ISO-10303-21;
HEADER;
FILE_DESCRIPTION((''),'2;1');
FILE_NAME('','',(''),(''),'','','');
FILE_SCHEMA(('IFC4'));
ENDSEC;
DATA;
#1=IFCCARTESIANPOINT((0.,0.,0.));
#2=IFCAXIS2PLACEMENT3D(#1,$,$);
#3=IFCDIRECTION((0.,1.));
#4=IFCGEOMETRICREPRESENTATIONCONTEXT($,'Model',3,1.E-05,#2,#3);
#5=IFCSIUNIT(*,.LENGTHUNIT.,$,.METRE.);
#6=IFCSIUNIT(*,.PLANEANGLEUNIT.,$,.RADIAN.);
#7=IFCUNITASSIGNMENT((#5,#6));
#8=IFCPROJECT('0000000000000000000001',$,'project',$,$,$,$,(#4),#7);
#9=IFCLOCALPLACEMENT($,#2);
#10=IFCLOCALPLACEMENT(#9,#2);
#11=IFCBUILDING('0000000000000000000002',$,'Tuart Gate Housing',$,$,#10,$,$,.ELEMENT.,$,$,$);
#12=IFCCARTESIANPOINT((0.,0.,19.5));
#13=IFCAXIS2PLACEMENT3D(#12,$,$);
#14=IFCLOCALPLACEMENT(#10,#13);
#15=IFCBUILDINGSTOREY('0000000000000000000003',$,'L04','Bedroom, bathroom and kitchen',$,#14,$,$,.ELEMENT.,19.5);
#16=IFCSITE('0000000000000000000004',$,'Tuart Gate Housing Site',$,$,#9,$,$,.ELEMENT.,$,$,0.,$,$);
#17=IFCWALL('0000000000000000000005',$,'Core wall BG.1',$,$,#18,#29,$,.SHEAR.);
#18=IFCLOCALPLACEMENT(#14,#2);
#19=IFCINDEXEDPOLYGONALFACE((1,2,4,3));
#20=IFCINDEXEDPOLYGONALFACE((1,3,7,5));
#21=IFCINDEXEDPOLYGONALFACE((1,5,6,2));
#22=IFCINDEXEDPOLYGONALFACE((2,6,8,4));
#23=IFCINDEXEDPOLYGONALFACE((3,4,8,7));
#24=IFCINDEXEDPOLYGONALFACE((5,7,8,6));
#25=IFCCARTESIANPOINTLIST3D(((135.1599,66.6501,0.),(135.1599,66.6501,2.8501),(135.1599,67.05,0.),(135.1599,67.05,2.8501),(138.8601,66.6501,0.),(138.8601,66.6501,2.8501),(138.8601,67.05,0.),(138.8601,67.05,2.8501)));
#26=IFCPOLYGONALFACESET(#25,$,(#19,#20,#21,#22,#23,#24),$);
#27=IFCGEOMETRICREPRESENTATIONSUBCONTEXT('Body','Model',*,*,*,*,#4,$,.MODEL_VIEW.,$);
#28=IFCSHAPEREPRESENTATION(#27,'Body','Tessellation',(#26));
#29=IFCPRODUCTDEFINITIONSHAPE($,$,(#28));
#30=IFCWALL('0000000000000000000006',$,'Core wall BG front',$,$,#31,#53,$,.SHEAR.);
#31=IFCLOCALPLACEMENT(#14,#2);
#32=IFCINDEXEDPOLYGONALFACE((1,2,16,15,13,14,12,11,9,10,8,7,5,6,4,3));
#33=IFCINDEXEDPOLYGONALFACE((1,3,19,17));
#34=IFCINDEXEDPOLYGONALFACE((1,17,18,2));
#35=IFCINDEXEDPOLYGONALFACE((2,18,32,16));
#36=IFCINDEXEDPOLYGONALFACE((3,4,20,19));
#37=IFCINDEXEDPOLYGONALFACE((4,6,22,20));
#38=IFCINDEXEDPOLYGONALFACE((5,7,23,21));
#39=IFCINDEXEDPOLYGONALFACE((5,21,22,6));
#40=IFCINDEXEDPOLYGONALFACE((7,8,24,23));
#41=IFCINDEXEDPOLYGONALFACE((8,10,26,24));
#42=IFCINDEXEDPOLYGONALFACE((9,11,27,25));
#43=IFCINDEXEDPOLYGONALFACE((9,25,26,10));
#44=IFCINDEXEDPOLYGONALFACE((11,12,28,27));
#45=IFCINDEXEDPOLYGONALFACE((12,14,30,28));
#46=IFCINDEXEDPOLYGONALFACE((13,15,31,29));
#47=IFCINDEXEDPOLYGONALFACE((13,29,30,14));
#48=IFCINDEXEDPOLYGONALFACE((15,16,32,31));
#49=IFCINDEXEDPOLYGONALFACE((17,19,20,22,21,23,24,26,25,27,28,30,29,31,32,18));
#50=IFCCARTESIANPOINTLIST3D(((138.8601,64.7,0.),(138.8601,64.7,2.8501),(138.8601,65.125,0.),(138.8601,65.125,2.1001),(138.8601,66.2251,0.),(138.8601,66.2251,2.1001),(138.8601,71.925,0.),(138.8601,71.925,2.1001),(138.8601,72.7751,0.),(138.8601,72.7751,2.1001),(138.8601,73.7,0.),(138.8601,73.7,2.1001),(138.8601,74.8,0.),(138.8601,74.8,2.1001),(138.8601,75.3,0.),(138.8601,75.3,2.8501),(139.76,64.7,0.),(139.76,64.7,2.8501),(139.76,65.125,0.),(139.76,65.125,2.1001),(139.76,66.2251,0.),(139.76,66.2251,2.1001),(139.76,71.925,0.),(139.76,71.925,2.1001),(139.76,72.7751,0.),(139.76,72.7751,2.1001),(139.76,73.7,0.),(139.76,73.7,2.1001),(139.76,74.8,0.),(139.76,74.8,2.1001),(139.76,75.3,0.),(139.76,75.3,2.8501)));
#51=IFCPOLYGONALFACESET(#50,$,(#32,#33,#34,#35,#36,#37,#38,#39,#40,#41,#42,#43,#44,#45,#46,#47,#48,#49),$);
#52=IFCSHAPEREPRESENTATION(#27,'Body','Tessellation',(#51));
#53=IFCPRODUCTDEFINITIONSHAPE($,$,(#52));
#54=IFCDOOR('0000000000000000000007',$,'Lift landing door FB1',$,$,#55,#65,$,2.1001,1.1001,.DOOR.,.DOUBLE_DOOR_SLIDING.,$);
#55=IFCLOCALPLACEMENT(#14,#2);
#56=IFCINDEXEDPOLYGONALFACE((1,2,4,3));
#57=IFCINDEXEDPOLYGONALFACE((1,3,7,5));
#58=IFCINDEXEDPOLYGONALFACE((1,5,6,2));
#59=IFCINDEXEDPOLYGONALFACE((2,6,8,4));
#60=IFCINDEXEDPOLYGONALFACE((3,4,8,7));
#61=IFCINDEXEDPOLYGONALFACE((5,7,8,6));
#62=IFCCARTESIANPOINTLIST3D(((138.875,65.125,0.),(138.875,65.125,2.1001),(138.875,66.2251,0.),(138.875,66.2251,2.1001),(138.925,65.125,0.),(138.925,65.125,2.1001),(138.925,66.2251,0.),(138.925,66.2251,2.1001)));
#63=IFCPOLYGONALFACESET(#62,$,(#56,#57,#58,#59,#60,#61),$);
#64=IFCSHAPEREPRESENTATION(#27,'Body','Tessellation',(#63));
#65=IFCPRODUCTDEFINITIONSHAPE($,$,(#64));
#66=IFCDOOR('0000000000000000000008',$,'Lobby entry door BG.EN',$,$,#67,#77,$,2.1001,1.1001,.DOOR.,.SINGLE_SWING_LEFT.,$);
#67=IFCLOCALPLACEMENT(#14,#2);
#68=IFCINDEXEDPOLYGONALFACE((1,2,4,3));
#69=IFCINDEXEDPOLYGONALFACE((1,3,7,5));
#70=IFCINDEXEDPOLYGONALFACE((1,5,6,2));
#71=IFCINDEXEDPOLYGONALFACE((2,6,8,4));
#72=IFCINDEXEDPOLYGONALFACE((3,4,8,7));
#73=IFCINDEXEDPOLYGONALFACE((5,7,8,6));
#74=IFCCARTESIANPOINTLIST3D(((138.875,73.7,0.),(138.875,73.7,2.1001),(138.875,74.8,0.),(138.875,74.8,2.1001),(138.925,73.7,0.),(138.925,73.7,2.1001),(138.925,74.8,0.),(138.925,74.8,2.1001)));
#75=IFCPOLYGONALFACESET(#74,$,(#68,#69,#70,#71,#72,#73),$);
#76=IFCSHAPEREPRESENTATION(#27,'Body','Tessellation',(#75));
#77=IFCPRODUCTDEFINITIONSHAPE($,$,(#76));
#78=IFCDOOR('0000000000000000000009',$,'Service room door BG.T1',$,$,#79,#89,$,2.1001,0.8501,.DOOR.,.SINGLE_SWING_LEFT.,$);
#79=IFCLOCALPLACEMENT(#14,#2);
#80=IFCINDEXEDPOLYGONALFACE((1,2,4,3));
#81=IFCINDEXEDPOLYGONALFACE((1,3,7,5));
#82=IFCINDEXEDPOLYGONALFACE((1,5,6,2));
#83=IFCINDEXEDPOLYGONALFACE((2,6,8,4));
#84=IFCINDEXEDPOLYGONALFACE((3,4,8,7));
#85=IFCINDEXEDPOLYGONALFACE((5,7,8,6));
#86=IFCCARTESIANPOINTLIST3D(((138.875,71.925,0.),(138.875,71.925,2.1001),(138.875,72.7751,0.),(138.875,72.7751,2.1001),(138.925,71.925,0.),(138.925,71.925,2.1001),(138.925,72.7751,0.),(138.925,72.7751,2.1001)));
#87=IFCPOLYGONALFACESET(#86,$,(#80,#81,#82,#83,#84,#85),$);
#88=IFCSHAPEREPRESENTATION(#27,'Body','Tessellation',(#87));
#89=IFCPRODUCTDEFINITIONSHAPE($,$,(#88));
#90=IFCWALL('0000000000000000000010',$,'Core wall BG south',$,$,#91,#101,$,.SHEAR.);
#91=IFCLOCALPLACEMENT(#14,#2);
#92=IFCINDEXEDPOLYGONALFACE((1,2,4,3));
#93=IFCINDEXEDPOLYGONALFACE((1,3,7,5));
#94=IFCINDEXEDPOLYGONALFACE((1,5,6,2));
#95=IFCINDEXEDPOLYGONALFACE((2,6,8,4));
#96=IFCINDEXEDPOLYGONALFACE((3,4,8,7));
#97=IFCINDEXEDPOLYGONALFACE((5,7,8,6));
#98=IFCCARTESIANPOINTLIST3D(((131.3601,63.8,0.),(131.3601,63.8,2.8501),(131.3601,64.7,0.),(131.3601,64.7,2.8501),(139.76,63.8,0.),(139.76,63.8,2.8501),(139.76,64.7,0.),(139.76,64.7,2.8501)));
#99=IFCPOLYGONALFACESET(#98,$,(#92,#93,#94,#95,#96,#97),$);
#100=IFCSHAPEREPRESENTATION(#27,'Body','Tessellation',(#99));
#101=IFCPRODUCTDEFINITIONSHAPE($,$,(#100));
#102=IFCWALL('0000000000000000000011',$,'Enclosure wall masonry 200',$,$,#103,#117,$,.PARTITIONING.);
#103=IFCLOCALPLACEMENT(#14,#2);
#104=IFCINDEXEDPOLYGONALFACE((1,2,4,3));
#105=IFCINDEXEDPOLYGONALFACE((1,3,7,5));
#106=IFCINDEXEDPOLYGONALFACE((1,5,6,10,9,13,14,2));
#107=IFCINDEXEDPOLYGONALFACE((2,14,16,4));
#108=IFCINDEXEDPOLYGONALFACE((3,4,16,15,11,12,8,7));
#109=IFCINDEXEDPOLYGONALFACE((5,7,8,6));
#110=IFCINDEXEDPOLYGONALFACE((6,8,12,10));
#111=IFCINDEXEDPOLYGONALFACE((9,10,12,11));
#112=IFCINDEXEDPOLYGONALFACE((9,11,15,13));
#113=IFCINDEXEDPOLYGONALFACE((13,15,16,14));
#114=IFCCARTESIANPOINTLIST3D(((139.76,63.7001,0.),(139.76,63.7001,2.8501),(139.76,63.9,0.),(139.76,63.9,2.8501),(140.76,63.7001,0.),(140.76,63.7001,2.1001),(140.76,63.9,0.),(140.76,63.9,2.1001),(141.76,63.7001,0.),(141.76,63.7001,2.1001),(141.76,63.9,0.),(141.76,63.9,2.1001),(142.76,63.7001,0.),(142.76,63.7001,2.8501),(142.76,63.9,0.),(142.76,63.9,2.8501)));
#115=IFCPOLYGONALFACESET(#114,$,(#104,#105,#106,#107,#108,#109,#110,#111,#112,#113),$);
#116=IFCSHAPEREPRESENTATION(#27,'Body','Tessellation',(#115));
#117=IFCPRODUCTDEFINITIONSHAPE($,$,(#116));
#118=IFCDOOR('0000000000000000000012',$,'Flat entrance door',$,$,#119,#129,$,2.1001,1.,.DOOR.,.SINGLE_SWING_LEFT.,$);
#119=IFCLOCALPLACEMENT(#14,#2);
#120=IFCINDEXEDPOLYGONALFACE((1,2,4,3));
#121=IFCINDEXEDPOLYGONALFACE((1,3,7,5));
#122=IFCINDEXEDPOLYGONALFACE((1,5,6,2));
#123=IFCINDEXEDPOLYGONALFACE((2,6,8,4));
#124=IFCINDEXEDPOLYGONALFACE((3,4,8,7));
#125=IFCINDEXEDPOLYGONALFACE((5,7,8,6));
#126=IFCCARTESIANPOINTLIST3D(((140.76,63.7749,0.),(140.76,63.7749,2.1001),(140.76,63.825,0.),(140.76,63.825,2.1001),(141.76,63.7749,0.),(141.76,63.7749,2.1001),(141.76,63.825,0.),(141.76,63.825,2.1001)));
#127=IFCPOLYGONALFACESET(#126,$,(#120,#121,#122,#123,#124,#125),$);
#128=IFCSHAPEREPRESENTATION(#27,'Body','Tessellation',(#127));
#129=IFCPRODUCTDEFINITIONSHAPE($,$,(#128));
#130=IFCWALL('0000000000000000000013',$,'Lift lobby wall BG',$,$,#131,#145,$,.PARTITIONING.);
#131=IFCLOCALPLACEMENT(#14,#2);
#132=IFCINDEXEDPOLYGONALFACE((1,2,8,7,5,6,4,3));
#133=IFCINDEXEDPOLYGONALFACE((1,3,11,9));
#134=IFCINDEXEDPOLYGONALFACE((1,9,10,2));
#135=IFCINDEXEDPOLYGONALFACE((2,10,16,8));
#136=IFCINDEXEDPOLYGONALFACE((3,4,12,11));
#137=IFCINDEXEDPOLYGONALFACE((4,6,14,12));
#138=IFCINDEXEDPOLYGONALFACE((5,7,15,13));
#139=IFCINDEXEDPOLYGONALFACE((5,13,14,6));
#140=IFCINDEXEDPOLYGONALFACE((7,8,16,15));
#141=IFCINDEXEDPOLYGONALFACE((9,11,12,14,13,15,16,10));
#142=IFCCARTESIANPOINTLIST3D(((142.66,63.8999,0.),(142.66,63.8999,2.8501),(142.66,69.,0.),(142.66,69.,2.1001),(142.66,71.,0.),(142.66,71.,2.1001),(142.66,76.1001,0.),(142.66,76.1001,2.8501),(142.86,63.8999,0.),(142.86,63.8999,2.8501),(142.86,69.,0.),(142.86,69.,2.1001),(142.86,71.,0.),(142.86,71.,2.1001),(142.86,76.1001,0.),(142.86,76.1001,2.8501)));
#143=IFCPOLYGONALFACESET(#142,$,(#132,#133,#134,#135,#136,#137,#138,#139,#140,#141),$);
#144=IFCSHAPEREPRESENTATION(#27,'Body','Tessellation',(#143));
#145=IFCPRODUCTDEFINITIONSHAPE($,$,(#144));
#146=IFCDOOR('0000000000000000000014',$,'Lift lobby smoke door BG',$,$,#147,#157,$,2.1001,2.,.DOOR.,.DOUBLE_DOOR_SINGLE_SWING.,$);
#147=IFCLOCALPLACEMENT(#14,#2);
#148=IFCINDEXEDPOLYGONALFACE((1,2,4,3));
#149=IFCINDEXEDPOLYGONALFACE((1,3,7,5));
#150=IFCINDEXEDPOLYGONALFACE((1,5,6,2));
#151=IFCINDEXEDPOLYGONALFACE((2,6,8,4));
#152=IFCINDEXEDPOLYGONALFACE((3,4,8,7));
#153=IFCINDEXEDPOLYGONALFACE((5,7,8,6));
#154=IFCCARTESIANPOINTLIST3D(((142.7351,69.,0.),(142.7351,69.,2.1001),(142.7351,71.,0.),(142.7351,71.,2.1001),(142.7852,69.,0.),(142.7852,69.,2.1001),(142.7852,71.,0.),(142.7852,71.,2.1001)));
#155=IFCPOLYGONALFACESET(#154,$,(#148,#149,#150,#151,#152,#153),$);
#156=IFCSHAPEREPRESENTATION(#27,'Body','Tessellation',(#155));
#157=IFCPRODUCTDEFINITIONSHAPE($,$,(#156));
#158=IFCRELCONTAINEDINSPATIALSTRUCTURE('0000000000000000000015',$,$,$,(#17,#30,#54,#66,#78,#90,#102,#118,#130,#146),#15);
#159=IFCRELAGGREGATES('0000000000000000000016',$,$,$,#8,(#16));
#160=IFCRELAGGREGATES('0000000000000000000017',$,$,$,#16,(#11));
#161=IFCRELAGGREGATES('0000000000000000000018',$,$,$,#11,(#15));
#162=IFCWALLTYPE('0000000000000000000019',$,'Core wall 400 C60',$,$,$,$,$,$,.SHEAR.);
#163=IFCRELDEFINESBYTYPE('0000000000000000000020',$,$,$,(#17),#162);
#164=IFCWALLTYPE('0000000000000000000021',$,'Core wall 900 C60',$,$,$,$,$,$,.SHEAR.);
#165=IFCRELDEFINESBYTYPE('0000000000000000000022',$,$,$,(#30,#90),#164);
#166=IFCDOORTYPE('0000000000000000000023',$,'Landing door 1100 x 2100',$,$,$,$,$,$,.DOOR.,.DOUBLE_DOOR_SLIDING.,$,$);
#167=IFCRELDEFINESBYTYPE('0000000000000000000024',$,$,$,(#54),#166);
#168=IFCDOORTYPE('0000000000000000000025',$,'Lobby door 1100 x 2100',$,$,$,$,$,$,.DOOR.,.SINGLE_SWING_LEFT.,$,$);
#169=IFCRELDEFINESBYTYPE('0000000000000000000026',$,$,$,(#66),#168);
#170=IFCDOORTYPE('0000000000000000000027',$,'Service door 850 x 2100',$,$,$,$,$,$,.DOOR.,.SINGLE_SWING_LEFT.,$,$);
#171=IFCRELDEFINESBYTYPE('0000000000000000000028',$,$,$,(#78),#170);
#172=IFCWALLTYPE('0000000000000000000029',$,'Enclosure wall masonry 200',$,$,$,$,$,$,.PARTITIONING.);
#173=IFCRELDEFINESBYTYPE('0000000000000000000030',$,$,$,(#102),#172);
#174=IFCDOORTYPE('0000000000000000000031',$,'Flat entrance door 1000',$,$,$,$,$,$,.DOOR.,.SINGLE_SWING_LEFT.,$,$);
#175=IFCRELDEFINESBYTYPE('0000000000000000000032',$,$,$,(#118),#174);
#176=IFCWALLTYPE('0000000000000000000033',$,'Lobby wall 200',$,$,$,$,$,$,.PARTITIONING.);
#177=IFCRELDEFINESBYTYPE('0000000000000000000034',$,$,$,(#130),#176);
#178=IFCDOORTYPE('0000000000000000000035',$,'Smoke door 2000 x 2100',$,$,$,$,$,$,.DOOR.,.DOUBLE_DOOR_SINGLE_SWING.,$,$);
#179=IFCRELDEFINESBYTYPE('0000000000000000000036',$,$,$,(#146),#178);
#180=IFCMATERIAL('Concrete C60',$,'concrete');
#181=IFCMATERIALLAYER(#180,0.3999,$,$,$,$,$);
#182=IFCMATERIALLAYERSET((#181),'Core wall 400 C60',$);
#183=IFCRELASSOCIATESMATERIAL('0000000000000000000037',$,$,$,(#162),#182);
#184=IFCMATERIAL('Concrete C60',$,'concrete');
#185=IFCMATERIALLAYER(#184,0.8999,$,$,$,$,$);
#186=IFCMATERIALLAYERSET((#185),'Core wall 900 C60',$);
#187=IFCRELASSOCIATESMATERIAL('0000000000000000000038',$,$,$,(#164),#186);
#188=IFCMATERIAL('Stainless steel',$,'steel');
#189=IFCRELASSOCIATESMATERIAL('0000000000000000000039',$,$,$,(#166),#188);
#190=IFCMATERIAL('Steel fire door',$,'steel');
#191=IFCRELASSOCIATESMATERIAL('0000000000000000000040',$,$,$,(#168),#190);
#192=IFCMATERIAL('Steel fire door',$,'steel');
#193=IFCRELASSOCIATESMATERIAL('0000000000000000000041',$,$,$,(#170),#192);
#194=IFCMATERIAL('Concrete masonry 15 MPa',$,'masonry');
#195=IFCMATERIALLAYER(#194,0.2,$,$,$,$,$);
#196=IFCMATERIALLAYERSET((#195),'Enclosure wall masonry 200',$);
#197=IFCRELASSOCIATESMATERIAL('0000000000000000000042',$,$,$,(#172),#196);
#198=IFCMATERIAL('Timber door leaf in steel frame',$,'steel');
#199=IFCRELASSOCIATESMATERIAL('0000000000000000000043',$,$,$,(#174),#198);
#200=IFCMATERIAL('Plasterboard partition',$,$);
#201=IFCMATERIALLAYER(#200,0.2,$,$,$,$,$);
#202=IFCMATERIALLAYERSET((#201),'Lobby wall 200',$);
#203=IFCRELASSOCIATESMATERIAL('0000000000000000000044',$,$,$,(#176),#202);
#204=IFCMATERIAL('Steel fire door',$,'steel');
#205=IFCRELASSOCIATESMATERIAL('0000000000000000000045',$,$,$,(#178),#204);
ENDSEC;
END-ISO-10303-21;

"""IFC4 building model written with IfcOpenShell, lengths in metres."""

from ifc_helpers import new_model, si_unit, direction, frame, frame_2d, origin, place, context, subcontext, project, spatial, rectangle, extrude, material, layer, layer_set, type_object, element, fill, save


model = new_model("IFC4")

# Units and contexts
model_context = context("Model", 3, precision=1e-05, world=origin(), true_north=direction((0.0, 1.0)))
body_context = subcontext(model_context, "Body", "Model", "MODEL_VIEW")
ifc_project = project(units=[si_unit("LENGTHUNIT", "METRE"), si_unit("PLANEANGLEUNIT", "RADIAN")], contexts=[model_context])

# Site, building, storey
site_placement = place(None, origin())
site = spatial("IfcSite", under=ifc_project, at=site_placement, Name="Tuart Gate Housing Site", CompositionType="ELEMENT", RefElevation=0.0)
building_placement = place(site_placement, origin())
building = spatial("IfcBuilding", under=site, at=building_placement, Name="Tuart Gate Housing", CompositionType="ELEMENT")
storey_placement = place(building_placement, frame((0.0, 0.0, 19.5)))
storey = spatial("IfcBuildingStorey", under=building, at=storey_placement, Name="L04", Description="Bedroom, bathroom and kitchen", CompositionType="ELEMENT", Elevation=19.5)

# Wall
ifc_material_1 = material(Name="Concrete C60", Category="concrete")
ifc_layer_1 = layer(ifc_material_1, 0.3999)
ifc_layer_set_1 = layer_set([ifc_layer_1], Name="Core wall 400 C60")
wall_type_1 = type_object("IfcWallType", Name="Core wall 400 C60", PredefinedType="SHEAR", material=ifc_layer_set_1)
wall_1_placement = place(storey_placement, frame((138.8601, 66.8501, 0.0), z_axis=(0.0, 0.0, 1.0), x_axis=(-1.0, 0.0, 0.0)))
element("IfcWall", 1, at=wall_1_placement, inside=storey, type_object=wall_type_1, Name="Core wall BG.1", PredefinedType="SHEAR", context=body_context, shape_type="SweptSolid", body=[
    extrude(rectangle(XDim=3.7002, YDim=0.3999, at=frame_2d((1.8501, 0.0))), origin(), (0.0, 0.0, 1.0), 2.8501),
])

# Wall, openings, doors
ifc_material_2 = material(Name="Concrete C60", Category="concrete")
ifc_layer_2 = layer(ifc_material_2, 0.8999)
ifc_layer_set_2 = layer_set([ifc_layer_2], Name="Core wall 900 C60")
wall_type_2 = type_object("IfcWallType", Name="Core wall 900 C60", PredefinedType="SHEAR", material=ifc_layer_set_2)
wall_2_placement = place(storey_placement, frame((139.3101, 64.7, 0.0), z_axis=(0.0, 0.0, 1.0), x_axis=(0.0, 1.0, 0.0)))
wall_2 = element("IfcWall", 2, at=wall_2_placement, inside=storey, type_object=wall_type_2, Name="Core wall BG front", PredefinedType="SHEAR", context=body_context, shape_type="SweptSolid", body=[
    extrude(rectangle(XDim=10.6001, YDim=0.8999, at=frame_2d((5.3, 0.0))), origin(), (0.0, 0.0, 1.0), 2.8501),
])
opening_1_placement = place(wall_2_placement, frame((0.425, 0.0, 0.0)))
opening_1 = element("IfcOpeningElement", 3, at=opening_1_placement, cuts=wall_2, PredefinedType="OPENING", context=body_context, shape_type="SweptSolid", body=[
    extrude(rectangle(XDim=1.1001, YDim=2.1001, at=frame_2d((0.55, 1.05))), frame((0.0, 0.46, 0.0), z_axis=(0.0, -1.0, 0.0), x_axis=(1.0, 0.0, 0.0)), (0.0, 0.0, 1.0), 0.9199),
])
opening_2_placement = place(wall_2_placement, frame((9.0, 0.0, 0.0)))
opening_2 = element("IfcOpeningElement", 4, at=opening_2_placement, cuts=wall_2, PredefinedType="OPENING", context=body_context, shape_type="SweptSolid", body=[
    extrude(rectangle(XDim=1.1001, YDim=2.1001, at=frame_2d((0.55, 1.05))), frame((0.0, 0.46, 0.0), z_axis=(0.0, -1.0, 0.0), x_axis=(1.0, 0.0, 0.0)), (0.0, 0.0, 1.0), 0.9199),
])
opening_3_placement = place(wall_2_placement, frame((7.2251, 0.0, 0.0)))
opening_3 = element("IfcOpeningElement", 5, at=opening_3_placement, cuts=wall_2, PredefinedType="OPENING", context=body_context, shape_type="SweptSolid", body=[
    extrude(rectangle(XDim=0.8501, YDim=2.1001, at=frame_2d((0.425, 1.05))), frame((0.0, 0.46, 0.0), z_axis=(0.0, -1.0, 0.0), x_axis=(1.0, 0.0, 0.0)), (0.0, 0.0, 1.0), 0.9199),
])
ifc_material_3 = material(Name="Stainless steel", Category="steel")
door_type_1 = type_object("IfcDoorType", Name="Landing door 1100 x 2100", OperationType="DOUBLE_DOOR_SLIDING", PredefinedType="DOOR", material=ifc_material_3)
door_1_placement = place(opening_1_placement, origin())
door_1 = element("IfcDoor", 6, at=door_1_placement, inside=storey, type_object=door_type_1, Name="Lift landing door FB1", OperationType="DOUBLE_DOOR_SLIDING", OverallHeight=2.1001, OverallWidth=1.1001, PredefinedType="DOOR", context=body_context, shape_type="SweptSolid", body=[
    extrude(rectangle(XDim=1.1001, YDim=2.1001, at=frame_2d((0.55, 1.05))), frame((0.0, 0.4351, 0.0), z_axis=(0.0, -1.0, 0.0), x_axis=(1.0, 0.0, 0.0)), (0.0, 0.0, 1.0), 0.05),
])
fill(opening_1, door_1)
ifc_material_4 = material(Name="Steel fire door", Category="steel")
door_type_2 = type_object("IfcDoorType", Name="Lobby door 1100 x 2100", OperationType="SINGLE_SWING_LEFT", PredefinedType="DOOR", material=ifc_material_4)
door_2_placement = place(opening_2_placement, origin())
door_2 = element("IfcDoor", 7, at=door_2_placement, inside=storey, type_object=door_type_2, Name="Lobby entry door BG.EN", OperationType="SINGLE_SWING_LEFT", OverallHeight=2.1001, OverallWidth=1.1001, PredefinedType="DOOR", context=body_context, shape_type="SweptSolid", body=[
    extrude(rectangle(XDim=1.1001, YDim=2.1001, at=frame_2d((0.55, 1.05))), frame((0.0, 0.4351, 0.0), z_axis=(0.0, -1.0, 0.0), x_axis=(1.0, 0.0, 0.0)), (0.0, 0.0, 1.0), 0.05),
])
fill(opening_2, door_2)
ifc_material_5 = material(Name="Steel fire door", Category="steel")
door_type_3 = type_object("IfcDoorType", Name="Service door 850 x 2100", OperationType="SINGLE_SWING_LEFT", PredefinedType="DOOR", material=ifc_material_5)
door_3_placement = place(opening_3_placement, origin())
door_3 = element("IfcDoor", 8, at=door_3_placement, inside=storey, type_object=door_type_3, Name="Service room door BG.T1", OperationType="SINGLE_SWING_LEFT", OverallHeight=2.1001, OverallWidth=0.8501, PredefinedType="DOOR", context=body_context, shape_type="SweptSolid", body=[
    extrude(rectangle(XDim=0.8501, YDim=2.1001, at=frame_2d((0.425, 1.05))), frame((0.0, 0.4351, 0.0), z_axis=(0.0, -1.0, 0.0), x_axis=(1.0, 0.0, 0.0)), (0.0, 0.0, 1.0), 0.05),
])
fill(opening_3, door_3)

# Wall
wall_3_placement = place(storey_placement, frame((139.76, 64.25, 0.0), z_axis=(0.0, 0.0, 1.0), x_axis=(-1.0, 0.0, 0.0)))
element("IfcWall", 9, at=wall_3_placement, inside=storey, type_object=wall_type_2, Name="Core wall BG south", PredefinedType="SHEAR", context=body_context, shape_type="SweptSolid", body=[
    extrude(rectangle(XDim=8.3999, YDim=0.8999, at=frame_2d((4.2, 0.0))), origin(), (0.0, 0.0, 1.0), 2.8501),
])

# Walls, openings, doors
ifc_material_6 = material(Name="Concrete masonry 15 MPa", Category="masonry")
ifc_layer_3 = layer(ifc_material_6, 0.2)
ifc_layer_set_3 = layer_set([ifc_layer_3], Name="Enclosure wall masonry 200")
wall_type_3 = type_object("IfcWallType", Name="Enclosure wall masonry 200", PredefinedType="PARTITIONING", material=ifc_layer_set_3)
wall_4_placement = place(storey_placement, frame((139.76, 63.8, 0.0), z_axis=(0.0, 0.0, 1.0), x_axis=(1.0, 0.0, 0.0)))
wall_4 = element("IfcWall", 10, at=wall_4_placement, inside=storey, type_object=wall_type_3, Name="Enclosure wall masonry 200", PredefinedType="PARTITIONING", context=body_context, shape_type="SweptSolid", body=[
    extrude(rectangle(XDim=3.0, YDim=0.2, at=frame_2d((1.5, 0.0))), origin(), (0.0, 0.0, 1.0), 2.8501),
])
opening_4_placement = place(wall_4_placement, frame((1.0, 0.0, 0.0)))
opening_4 = element("IfcOpeningElement", 11, at=opening_4_placement, cuts=wall_4, PredefinedType="OPENING", context=body_context, shape_type="SweptSolid", body=[
    extrude(rectangle(XDim=1.0, YDim=2.1001, at=frame_2d((0.5, 1.05))), frame((0.0, 0.1099, 0.0), z_axis=(0.0, -1.0, 0.0), x_axis=(1.0, 0.0, 0.0)), (0.0, 0.0, 1.0), 0.22),
])
ifc_material_7 = material(Name="Timber door leaf in steel frame", Category="steel")
door_type_4 = type_object("IfcDoorType", Name="Flat entrance door 1000", OperationType="SINGLE_SWING_LEFT", PredefinedType="DOOR", material=ifc_material_7)
door_4_placement = place(opening_4_placement, frame((1.0, 0.0, 0.0), z_axis=(0.0, 0.0, 1.0), x_axis=(-1.0, 0.0, 0.0)))
door_4 = element("IfcDoor", 12, at=door_4_placement, inside=storey, type_object=door_type_4, Name="Flat entrance door", OperationType="SINGLE_SWING_LEFT", OverallHeight=2.1001, OverallWidth=1.0, PredefinedType="DOOR", context=body_context, shape_type="SweptSolid", body=[
    extrude(rectangle(XDim=1.0, YDim=2.1001, at=frame_2d((0.5, 1.05))), frame((0.0, 0.0251, 0.0), z_axis=(0.0, -1.0, 0.0), x_axis=(1.0, 0.0, 0.0)), (0.0, 0.0, 1.0), 0.05),
])
fill(opening_4, door_4)
ifc_material_8 = material(Name="Plasterboard partition")
ifc_layer_4 = layer(ifc_material_8, 0.2)
ifc_layer_set_4 = layer_set([ifc_layer_4], Name="Lobby wall 200")
wall_type_4 = type_object("IfcWallType", Name="Lobby wall 200", PredefinedType="PARTITIONING", material=ifc_layer_set_4)
wall_5_placement = place(storey_placement, frame((142.76, 63.8999, 0.0), z_axis=(0.0, 0.0, 1.0), x_axis=(0.0, 1.0, 0.0)))
wall_5 = element("IfcWall", 13, at=wall_5_placement, inside=storey, type_object=wall_type_4, Name="Lift lobby wall BG", PredefinedType="PARTITIONING", context=body_context, shape_type="SweptSolid", body=[
    extrude(rectangle(XDim=12.2002, YDim=0.2, at=frame_2d((6.1001, 0.0))), origin(), (0.0, 0.0, 1.0), 2.8501),
])
opening_5_placement = place(wall_5_placement, frame((5.1001, 0.0, 0.0)))
opening_5 = element("IfcOpeningElement", 14, at=opening_5_placement, cuts=wall_5, PredefinedType="OPENING", context=body_context, shape_type="SweptSolid", body=[
    extrude(rectangle(XDim=2.0, YDim=2.1001, at=frame_2d((1.0, 1.05))), frame((0.0, 0.1099, 0.0), z_axis=(0.0, -1.0, 0.0), x_axis=(1.0, 0.0, 0.0)), (0.0, 0.0, 1.0), 0.22),
])
ifc_material_9 = material(Name="Steel fire door", Category="steel")
door_type_5 = type_object("IfcDoorType", Name="Smoke door 2000 x 2100", OperationType="DOUBLE_DOOR_SINGLE_SWING", PredefinedType="DOOR", material=ifc_material_9)
door_5_placement = place(opening_5_placement, origin())
door_5 = element("IfcDoor", 15, at=door_5_placement, inside=storey, type_object=door_type_5, Name="Lift lobby smoke door BG", OperationType="DOUBLE_DOOR_SINGLE_SWING", OverallHeight=2.1001, OverallWidth=2.0, PredefinedType="DOOR", context=body_context, shape_type="SweptSolid", body=[
    extrude(rectangle(XDim=2.0, YDim=2.1001, at=frame_2d((1.0, 1.05))), frame((0.0, 0.0249, 0.0), z_axis=(0.0, -1.0, 0.0), x_axis=(1.0, 0.0, 0.0)), (0.0, 0.0, 1.0), 0.05),
])
fill(opening_5, door_5)

save(model, "model.ifc")
